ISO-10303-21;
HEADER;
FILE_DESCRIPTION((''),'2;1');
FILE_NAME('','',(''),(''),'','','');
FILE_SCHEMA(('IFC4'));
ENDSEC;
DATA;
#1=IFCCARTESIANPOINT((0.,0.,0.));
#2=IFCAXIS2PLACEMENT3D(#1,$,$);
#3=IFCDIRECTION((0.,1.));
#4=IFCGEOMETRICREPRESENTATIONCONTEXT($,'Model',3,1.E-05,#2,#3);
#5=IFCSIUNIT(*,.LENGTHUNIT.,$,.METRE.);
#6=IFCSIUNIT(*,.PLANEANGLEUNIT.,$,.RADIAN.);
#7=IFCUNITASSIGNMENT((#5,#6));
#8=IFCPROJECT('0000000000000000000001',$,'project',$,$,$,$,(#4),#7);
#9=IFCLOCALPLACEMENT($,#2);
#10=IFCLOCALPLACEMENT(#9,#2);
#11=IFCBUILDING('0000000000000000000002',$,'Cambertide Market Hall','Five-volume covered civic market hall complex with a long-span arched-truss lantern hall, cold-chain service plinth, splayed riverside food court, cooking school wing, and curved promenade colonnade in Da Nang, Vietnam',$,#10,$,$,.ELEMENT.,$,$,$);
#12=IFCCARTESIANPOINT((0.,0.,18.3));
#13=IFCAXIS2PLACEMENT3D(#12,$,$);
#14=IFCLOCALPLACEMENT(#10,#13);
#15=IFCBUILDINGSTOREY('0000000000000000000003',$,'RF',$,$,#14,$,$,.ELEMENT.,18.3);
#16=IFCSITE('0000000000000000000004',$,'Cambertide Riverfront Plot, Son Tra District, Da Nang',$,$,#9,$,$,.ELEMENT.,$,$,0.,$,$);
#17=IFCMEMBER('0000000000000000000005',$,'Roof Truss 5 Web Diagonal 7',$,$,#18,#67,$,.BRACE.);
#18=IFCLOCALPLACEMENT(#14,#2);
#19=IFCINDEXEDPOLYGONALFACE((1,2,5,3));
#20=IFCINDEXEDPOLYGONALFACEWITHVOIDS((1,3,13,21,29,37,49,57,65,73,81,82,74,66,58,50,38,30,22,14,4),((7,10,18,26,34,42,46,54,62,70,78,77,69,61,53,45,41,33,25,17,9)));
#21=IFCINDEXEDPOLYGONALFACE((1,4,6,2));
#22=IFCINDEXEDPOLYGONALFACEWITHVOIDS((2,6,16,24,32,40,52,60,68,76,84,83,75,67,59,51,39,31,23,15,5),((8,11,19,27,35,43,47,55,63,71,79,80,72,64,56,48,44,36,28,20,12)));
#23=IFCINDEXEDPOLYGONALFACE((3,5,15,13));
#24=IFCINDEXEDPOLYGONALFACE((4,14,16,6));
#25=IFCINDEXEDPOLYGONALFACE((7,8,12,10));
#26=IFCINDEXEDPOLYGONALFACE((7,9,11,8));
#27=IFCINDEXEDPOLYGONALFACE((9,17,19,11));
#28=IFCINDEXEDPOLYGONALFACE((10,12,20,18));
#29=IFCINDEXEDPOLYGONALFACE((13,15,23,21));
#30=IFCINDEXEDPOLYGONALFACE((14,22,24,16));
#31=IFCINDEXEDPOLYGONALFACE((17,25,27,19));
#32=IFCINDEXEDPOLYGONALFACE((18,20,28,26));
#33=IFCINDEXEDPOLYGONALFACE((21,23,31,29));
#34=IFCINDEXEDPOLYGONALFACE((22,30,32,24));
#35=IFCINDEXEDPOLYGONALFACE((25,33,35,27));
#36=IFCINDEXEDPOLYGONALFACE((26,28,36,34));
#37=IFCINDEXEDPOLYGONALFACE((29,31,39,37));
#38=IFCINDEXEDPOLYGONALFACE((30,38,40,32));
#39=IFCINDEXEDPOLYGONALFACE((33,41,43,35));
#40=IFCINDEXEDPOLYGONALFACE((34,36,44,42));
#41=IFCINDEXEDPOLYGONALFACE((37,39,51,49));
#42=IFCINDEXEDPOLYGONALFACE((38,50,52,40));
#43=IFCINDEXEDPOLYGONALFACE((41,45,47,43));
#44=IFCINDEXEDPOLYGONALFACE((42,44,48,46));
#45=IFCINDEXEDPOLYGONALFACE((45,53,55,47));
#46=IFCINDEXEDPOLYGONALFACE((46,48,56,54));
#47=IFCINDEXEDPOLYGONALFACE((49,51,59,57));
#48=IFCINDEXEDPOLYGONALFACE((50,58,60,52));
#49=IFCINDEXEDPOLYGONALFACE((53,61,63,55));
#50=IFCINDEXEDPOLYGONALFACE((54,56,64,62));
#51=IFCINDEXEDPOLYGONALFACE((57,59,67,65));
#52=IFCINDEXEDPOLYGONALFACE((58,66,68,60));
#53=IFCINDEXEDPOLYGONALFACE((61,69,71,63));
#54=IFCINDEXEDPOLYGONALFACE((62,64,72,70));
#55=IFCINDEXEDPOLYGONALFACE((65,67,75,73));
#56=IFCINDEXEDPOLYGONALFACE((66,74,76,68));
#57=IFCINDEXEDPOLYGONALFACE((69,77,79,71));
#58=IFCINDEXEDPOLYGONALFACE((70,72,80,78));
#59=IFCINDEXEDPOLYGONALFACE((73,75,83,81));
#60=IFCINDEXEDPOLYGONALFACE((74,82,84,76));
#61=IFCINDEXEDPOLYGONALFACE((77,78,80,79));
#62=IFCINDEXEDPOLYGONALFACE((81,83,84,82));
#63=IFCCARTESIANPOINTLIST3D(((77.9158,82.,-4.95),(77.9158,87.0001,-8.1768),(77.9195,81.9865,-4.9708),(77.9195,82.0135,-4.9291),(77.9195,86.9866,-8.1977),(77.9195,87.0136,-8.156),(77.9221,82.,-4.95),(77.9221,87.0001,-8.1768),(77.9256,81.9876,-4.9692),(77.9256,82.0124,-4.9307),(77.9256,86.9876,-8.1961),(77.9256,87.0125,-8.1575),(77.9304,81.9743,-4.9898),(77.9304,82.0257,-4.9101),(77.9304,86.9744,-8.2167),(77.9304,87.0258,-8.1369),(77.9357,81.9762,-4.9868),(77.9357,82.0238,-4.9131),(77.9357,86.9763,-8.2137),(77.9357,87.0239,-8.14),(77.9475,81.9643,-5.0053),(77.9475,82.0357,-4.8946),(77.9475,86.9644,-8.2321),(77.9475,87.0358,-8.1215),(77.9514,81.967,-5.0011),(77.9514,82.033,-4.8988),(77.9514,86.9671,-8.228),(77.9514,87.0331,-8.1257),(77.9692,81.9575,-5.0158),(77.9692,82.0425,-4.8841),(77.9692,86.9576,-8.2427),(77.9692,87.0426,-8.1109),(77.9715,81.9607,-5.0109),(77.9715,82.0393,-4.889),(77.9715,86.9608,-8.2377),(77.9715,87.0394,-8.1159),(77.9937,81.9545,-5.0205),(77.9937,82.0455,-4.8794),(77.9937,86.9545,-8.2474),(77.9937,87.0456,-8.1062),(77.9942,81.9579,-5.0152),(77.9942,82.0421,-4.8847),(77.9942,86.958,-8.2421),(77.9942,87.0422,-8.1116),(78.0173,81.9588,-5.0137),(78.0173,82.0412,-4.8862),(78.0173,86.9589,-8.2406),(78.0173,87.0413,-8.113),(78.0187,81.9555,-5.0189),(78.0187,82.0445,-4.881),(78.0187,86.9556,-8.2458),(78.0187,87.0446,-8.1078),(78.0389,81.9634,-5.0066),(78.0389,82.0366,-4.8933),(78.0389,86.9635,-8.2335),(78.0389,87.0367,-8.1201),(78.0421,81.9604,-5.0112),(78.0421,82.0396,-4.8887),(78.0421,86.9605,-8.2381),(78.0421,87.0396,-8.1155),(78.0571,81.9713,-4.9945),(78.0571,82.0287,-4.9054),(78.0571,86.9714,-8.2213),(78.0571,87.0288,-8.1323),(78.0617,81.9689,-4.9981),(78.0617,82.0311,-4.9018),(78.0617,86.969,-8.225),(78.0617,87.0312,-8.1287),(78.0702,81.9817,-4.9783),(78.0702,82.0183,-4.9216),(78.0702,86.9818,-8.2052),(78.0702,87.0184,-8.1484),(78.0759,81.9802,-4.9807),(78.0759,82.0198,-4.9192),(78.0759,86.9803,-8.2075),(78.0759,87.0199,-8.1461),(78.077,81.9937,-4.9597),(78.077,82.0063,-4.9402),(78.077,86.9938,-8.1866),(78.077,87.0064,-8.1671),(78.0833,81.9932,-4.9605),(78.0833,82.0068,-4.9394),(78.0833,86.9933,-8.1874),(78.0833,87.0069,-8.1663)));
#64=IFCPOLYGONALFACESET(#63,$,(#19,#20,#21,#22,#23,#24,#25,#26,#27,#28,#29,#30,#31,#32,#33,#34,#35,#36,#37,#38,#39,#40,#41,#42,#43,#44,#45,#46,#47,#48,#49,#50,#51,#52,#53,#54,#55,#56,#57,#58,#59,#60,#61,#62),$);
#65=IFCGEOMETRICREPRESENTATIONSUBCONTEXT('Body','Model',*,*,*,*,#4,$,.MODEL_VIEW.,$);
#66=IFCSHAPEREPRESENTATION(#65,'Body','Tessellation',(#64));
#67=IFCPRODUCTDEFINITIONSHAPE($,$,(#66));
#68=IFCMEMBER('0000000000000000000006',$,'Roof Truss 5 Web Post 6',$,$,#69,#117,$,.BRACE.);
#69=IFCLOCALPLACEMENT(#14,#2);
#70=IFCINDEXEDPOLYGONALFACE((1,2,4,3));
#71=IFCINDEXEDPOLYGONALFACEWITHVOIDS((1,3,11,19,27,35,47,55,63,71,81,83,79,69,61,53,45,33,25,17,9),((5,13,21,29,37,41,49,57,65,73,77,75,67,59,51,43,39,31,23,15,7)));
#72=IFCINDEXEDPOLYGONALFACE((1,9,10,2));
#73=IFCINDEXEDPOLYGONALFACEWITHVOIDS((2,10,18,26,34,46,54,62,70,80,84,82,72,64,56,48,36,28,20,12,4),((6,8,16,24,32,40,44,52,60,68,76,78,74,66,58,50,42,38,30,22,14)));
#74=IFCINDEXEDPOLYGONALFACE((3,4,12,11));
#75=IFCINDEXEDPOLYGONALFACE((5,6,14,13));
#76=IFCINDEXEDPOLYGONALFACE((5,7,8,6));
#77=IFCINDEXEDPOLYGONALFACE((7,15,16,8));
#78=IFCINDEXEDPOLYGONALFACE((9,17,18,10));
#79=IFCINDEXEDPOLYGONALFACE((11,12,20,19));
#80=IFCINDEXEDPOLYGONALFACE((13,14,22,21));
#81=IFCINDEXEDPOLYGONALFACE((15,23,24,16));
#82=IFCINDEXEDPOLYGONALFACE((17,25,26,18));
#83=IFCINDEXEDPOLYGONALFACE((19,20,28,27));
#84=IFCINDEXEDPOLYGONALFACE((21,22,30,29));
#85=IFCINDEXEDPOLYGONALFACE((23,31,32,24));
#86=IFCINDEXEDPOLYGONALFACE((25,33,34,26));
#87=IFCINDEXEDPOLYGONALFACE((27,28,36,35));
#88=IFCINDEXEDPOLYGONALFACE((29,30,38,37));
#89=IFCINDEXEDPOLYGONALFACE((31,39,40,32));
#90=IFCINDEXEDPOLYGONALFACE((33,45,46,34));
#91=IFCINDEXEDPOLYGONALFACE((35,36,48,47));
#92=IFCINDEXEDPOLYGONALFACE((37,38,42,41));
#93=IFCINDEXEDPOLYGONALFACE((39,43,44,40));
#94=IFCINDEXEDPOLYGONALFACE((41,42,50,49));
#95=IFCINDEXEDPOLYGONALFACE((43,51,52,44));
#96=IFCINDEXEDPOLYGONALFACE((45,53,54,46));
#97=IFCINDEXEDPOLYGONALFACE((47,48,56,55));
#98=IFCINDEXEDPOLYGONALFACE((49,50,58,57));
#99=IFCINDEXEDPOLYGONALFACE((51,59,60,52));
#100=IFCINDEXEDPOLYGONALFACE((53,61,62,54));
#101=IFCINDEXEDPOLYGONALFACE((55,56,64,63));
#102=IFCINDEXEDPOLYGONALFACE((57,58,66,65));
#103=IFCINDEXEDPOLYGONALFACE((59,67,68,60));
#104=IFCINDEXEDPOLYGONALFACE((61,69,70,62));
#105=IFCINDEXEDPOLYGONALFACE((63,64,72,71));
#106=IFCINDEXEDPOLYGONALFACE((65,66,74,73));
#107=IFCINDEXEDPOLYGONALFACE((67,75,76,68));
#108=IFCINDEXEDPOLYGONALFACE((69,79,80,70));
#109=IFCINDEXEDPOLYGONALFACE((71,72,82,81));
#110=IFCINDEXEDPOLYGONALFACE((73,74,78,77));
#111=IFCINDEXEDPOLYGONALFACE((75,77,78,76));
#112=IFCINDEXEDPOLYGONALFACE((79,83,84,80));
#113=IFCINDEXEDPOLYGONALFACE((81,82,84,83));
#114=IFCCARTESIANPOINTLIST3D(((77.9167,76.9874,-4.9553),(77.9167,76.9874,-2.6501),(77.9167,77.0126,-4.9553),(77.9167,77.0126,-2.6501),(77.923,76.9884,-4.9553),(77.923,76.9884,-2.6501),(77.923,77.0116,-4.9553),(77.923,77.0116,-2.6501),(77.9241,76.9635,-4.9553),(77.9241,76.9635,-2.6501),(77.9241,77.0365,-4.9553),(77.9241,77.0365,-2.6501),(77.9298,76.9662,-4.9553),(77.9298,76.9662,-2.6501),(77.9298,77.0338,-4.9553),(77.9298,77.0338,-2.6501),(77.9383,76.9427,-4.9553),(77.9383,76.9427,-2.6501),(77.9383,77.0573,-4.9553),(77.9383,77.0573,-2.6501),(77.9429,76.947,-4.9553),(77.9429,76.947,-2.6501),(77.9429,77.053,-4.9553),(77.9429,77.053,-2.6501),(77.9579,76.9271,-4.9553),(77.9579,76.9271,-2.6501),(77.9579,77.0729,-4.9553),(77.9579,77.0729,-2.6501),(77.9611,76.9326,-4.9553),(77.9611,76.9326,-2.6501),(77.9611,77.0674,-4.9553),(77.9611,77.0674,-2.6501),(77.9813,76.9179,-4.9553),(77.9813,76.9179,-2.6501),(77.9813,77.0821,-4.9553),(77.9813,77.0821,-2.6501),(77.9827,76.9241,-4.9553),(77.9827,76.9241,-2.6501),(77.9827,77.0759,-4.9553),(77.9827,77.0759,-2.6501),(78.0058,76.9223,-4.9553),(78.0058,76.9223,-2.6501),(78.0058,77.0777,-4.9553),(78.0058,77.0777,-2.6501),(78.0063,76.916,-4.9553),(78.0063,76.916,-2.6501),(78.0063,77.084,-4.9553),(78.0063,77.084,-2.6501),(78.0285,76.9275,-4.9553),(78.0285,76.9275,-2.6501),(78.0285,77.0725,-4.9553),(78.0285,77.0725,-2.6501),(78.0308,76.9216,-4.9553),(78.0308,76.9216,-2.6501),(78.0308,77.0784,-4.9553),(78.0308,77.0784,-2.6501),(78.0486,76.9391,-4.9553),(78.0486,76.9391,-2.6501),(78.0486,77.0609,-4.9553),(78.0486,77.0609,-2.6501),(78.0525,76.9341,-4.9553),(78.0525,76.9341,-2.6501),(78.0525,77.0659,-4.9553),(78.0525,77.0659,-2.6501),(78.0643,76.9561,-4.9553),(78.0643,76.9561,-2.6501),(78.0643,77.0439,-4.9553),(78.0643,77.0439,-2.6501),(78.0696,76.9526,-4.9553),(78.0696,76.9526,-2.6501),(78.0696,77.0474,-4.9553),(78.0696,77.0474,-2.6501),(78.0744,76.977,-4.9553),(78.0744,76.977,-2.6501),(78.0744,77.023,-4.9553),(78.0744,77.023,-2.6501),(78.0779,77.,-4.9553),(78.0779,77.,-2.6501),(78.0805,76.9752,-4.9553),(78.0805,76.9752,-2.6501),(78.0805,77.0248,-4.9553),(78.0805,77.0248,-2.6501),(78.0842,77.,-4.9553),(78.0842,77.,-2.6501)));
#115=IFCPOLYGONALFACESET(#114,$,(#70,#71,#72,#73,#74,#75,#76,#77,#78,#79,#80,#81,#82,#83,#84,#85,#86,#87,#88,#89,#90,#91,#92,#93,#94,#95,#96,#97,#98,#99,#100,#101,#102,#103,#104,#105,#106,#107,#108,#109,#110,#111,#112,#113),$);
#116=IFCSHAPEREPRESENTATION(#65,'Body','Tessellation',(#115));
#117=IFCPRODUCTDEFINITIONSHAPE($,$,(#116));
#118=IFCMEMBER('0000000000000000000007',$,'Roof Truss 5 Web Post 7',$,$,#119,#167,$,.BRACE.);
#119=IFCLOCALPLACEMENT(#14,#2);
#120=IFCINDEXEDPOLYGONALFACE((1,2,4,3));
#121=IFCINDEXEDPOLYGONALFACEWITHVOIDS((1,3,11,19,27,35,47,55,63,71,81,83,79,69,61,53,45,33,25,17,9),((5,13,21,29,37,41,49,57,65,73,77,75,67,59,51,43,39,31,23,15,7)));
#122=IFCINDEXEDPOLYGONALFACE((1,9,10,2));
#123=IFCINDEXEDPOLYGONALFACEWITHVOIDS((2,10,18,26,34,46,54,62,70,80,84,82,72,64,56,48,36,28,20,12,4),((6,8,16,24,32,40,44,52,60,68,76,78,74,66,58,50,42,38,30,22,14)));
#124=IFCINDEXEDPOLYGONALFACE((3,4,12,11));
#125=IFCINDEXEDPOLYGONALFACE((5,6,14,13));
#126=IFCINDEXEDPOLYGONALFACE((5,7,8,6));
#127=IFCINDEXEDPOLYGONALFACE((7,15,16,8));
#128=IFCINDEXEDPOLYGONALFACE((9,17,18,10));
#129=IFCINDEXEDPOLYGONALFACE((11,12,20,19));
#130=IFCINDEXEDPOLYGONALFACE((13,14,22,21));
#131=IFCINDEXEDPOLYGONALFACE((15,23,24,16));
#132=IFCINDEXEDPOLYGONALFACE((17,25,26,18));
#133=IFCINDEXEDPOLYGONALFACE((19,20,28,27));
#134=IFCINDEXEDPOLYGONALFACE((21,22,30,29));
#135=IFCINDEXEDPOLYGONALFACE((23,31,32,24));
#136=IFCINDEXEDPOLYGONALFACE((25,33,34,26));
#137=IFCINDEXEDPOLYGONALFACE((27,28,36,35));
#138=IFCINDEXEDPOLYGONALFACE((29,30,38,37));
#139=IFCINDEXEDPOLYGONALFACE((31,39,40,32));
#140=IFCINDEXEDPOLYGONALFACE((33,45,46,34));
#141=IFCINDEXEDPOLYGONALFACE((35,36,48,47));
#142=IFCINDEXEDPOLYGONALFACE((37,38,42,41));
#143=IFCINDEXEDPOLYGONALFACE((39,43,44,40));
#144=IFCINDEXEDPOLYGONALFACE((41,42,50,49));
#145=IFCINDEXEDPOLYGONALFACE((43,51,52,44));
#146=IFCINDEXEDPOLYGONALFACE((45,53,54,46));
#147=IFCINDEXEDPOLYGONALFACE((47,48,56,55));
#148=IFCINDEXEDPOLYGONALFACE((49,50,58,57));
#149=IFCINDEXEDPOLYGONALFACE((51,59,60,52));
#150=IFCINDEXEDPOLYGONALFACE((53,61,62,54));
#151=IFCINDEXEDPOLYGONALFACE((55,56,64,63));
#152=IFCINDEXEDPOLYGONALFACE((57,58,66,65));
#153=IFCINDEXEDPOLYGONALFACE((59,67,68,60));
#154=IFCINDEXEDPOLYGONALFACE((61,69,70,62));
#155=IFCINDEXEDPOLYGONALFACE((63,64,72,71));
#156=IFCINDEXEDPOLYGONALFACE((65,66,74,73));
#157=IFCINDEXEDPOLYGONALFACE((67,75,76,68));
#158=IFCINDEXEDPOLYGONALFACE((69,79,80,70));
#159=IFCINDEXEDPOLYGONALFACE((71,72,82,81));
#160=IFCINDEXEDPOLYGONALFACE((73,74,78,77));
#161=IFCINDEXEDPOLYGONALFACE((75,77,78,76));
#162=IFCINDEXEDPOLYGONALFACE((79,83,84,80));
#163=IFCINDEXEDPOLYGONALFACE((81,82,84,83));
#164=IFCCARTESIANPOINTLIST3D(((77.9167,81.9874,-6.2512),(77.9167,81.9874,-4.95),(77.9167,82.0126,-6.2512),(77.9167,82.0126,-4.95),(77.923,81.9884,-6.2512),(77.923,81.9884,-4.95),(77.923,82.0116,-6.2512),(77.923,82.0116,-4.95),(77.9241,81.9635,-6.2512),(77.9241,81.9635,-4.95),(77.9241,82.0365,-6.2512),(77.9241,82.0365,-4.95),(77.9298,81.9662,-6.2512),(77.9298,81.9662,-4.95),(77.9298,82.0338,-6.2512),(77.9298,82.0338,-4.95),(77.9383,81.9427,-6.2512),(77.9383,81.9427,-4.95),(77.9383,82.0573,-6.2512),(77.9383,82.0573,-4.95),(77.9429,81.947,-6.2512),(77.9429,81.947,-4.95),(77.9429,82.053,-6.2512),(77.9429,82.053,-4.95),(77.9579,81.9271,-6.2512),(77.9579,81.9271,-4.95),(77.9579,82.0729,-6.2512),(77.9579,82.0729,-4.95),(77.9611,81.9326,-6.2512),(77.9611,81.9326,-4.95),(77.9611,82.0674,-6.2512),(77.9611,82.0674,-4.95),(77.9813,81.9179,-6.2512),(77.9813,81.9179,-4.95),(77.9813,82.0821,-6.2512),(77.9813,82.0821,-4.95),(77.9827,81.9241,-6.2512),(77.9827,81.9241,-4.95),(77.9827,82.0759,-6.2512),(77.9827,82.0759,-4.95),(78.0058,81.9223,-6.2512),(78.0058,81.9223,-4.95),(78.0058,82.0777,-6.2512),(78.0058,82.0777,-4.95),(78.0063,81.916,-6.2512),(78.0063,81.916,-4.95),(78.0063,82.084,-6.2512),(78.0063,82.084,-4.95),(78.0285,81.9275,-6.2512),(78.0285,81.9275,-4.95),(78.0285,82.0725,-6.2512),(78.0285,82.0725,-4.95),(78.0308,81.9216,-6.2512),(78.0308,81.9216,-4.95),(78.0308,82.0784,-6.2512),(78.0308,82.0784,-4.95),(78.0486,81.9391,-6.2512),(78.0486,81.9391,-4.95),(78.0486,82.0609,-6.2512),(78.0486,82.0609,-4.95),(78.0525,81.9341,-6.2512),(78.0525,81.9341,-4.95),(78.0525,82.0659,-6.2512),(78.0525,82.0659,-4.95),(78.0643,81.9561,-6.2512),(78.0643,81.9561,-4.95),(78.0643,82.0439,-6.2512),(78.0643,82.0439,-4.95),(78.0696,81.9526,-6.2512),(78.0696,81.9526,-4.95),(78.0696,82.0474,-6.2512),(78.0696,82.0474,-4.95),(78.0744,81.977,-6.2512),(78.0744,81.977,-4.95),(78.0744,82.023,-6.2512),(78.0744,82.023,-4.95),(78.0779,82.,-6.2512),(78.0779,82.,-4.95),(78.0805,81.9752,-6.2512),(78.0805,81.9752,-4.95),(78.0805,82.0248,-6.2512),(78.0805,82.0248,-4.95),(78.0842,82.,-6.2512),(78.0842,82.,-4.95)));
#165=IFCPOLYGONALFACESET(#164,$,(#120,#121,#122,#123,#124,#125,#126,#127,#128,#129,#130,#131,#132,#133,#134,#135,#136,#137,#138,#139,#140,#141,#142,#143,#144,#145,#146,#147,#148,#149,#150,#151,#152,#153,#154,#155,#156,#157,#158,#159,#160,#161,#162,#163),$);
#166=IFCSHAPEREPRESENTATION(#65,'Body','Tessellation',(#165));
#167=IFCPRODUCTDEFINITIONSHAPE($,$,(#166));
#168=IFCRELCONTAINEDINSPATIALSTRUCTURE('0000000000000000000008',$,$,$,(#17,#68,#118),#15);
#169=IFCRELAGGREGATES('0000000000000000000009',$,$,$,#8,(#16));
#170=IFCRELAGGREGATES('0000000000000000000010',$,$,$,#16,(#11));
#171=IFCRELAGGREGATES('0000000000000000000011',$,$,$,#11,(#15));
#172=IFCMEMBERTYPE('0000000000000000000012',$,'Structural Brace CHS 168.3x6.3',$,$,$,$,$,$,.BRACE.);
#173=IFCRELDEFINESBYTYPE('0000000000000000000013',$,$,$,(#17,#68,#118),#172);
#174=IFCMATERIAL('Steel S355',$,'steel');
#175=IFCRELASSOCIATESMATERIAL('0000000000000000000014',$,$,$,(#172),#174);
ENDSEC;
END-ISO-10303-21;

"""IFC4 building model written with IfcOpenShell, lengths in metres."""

from ifc_helpers import new_model, si_unit, direction, frame, origin, origin_2d, place, context, subcontext, project, spatial, hollow_circle, extrude, material, material_profile, profile_set, type_object, element, save


model = new_model("IFC4")

# Units and contexts
model_context = context("Model", 3, precision=1e-05, world=origin(), true_north=direction((0.0, 1.0)))
body_context = subcontext(model_context, "Body", "Model", "MODEL_VIEW")
ifc_project = project(units=[si_unit("LENGTHUNIT", "METRE"), si_unit("PLANEANGLEUNIT", "RADIAN")], contexts=[model_context])

# Site, building, storey
site_placement = place(None, origin())
site = spatial("IfcSite", under=ifc_project, at=site_placement, Name="Cambertide Riverfront Plot, Son Tra District, Da Nang", CompositionType="ELEMENT", RefElevation=0.0)
building_placement = place(site_placement, origin())
building = spatial("IfcBuilding", under=site, at=building_placement, Name="Cambertide Market Hall", Description="Five-volume covered civic market hall complex with a long-span arched-truss lantern hall, cold-chain service plinth, splayed riverside food court, cooking school wing, and curved promenade colonnade in Da Nang, Vietnam", CompositionType="ELEMENT")
storey_placement = place(building_placement, frame((0.0, 0.0, 18.3)))
storey = spatial("IfcBuildingStorey", under=building, at=storey_placement, Name="RF", CompositionType="ELEMENT", Elevation=18.3)

# Members
ifc_material_1 = material(Name="Steel S355", Category="steel")
ifc_material_profile_1 = material_profile(ifc_material_1, hollow_circle(Radius=0.0842, WallThickness=0.0063, at=origin_2d()), Name="CHS 168.3x6.3")
ifc_profile_set_1 = profile_set([ifc_material_profile_1], Name="Steel S355")
member_type_1 = type_object("IfcMemberType", Name="Structural Brace CHS 168.3x6.3", PredefinedType="BRACE", material=ifc_profile_set_1)
member_1_placement = place(storey_placement, frame((78.0, 82.0, -4.95), z_axis=(0.0, 0.84022, -0.542246), x_axis=(-1.0, 0.0, 0.0)))
element("IfcMember", 1, at=member_1_placement, inside=storey, type_object=member_type_1, Name="Roof Truss 5 Web Diagonal 7", PredefinedType="BRACE", context=body_context, shape_type="SweptSolid", body=[
    extrude(hollow_circle(Radius=0.0842, WallThickness=0.0063, at=origin_2d()), origin(), (0.0, 0.0, 1.0), 5.9509),
])
member_2_placement = place(storey_placement, frame((78.0, 77.0, -4.9553), z_axis=(0.0, 0.0, 1.0), x_axis=(1.0, 0.0, 0.0)))
element("IfcMember", 2, at=member_2_placement, inside=storey, type_object=member_type_1, Name="Roof Truss 5 Web Post 6", PredefinedType="BRACE", context=body_context, shape_type="SweptSolid", body=[
    extrude(hollow_circle(Radius=0.0842, WallThickness=0.0063, at=origin_2d()), origin(), (0.0, 0.0, 1.0), 2.3052),
])
member_3_placement = place(storey_placement, frame((78.0, 82.0, -6.2512), z_axis=(0.0, 0.0, 1.0), x_axis=(1.0, 0.0, 0.0)))
element("IfcMember", 3, at=member_3_placement, inside=storey, type_object=member_type_1, Name="Roof Truss 5 Web Post 7", PredefinedType="BRACE", context=body_context, shape_type="SweptSolid", body=[
    extrude(hollow_circle(Radius=0.0842, WallThickness=0.0063, at=origin_2d()), origin(), (0.0, 0.0, 1.0), 1.3013),
])

save(model, "model.ifc")
